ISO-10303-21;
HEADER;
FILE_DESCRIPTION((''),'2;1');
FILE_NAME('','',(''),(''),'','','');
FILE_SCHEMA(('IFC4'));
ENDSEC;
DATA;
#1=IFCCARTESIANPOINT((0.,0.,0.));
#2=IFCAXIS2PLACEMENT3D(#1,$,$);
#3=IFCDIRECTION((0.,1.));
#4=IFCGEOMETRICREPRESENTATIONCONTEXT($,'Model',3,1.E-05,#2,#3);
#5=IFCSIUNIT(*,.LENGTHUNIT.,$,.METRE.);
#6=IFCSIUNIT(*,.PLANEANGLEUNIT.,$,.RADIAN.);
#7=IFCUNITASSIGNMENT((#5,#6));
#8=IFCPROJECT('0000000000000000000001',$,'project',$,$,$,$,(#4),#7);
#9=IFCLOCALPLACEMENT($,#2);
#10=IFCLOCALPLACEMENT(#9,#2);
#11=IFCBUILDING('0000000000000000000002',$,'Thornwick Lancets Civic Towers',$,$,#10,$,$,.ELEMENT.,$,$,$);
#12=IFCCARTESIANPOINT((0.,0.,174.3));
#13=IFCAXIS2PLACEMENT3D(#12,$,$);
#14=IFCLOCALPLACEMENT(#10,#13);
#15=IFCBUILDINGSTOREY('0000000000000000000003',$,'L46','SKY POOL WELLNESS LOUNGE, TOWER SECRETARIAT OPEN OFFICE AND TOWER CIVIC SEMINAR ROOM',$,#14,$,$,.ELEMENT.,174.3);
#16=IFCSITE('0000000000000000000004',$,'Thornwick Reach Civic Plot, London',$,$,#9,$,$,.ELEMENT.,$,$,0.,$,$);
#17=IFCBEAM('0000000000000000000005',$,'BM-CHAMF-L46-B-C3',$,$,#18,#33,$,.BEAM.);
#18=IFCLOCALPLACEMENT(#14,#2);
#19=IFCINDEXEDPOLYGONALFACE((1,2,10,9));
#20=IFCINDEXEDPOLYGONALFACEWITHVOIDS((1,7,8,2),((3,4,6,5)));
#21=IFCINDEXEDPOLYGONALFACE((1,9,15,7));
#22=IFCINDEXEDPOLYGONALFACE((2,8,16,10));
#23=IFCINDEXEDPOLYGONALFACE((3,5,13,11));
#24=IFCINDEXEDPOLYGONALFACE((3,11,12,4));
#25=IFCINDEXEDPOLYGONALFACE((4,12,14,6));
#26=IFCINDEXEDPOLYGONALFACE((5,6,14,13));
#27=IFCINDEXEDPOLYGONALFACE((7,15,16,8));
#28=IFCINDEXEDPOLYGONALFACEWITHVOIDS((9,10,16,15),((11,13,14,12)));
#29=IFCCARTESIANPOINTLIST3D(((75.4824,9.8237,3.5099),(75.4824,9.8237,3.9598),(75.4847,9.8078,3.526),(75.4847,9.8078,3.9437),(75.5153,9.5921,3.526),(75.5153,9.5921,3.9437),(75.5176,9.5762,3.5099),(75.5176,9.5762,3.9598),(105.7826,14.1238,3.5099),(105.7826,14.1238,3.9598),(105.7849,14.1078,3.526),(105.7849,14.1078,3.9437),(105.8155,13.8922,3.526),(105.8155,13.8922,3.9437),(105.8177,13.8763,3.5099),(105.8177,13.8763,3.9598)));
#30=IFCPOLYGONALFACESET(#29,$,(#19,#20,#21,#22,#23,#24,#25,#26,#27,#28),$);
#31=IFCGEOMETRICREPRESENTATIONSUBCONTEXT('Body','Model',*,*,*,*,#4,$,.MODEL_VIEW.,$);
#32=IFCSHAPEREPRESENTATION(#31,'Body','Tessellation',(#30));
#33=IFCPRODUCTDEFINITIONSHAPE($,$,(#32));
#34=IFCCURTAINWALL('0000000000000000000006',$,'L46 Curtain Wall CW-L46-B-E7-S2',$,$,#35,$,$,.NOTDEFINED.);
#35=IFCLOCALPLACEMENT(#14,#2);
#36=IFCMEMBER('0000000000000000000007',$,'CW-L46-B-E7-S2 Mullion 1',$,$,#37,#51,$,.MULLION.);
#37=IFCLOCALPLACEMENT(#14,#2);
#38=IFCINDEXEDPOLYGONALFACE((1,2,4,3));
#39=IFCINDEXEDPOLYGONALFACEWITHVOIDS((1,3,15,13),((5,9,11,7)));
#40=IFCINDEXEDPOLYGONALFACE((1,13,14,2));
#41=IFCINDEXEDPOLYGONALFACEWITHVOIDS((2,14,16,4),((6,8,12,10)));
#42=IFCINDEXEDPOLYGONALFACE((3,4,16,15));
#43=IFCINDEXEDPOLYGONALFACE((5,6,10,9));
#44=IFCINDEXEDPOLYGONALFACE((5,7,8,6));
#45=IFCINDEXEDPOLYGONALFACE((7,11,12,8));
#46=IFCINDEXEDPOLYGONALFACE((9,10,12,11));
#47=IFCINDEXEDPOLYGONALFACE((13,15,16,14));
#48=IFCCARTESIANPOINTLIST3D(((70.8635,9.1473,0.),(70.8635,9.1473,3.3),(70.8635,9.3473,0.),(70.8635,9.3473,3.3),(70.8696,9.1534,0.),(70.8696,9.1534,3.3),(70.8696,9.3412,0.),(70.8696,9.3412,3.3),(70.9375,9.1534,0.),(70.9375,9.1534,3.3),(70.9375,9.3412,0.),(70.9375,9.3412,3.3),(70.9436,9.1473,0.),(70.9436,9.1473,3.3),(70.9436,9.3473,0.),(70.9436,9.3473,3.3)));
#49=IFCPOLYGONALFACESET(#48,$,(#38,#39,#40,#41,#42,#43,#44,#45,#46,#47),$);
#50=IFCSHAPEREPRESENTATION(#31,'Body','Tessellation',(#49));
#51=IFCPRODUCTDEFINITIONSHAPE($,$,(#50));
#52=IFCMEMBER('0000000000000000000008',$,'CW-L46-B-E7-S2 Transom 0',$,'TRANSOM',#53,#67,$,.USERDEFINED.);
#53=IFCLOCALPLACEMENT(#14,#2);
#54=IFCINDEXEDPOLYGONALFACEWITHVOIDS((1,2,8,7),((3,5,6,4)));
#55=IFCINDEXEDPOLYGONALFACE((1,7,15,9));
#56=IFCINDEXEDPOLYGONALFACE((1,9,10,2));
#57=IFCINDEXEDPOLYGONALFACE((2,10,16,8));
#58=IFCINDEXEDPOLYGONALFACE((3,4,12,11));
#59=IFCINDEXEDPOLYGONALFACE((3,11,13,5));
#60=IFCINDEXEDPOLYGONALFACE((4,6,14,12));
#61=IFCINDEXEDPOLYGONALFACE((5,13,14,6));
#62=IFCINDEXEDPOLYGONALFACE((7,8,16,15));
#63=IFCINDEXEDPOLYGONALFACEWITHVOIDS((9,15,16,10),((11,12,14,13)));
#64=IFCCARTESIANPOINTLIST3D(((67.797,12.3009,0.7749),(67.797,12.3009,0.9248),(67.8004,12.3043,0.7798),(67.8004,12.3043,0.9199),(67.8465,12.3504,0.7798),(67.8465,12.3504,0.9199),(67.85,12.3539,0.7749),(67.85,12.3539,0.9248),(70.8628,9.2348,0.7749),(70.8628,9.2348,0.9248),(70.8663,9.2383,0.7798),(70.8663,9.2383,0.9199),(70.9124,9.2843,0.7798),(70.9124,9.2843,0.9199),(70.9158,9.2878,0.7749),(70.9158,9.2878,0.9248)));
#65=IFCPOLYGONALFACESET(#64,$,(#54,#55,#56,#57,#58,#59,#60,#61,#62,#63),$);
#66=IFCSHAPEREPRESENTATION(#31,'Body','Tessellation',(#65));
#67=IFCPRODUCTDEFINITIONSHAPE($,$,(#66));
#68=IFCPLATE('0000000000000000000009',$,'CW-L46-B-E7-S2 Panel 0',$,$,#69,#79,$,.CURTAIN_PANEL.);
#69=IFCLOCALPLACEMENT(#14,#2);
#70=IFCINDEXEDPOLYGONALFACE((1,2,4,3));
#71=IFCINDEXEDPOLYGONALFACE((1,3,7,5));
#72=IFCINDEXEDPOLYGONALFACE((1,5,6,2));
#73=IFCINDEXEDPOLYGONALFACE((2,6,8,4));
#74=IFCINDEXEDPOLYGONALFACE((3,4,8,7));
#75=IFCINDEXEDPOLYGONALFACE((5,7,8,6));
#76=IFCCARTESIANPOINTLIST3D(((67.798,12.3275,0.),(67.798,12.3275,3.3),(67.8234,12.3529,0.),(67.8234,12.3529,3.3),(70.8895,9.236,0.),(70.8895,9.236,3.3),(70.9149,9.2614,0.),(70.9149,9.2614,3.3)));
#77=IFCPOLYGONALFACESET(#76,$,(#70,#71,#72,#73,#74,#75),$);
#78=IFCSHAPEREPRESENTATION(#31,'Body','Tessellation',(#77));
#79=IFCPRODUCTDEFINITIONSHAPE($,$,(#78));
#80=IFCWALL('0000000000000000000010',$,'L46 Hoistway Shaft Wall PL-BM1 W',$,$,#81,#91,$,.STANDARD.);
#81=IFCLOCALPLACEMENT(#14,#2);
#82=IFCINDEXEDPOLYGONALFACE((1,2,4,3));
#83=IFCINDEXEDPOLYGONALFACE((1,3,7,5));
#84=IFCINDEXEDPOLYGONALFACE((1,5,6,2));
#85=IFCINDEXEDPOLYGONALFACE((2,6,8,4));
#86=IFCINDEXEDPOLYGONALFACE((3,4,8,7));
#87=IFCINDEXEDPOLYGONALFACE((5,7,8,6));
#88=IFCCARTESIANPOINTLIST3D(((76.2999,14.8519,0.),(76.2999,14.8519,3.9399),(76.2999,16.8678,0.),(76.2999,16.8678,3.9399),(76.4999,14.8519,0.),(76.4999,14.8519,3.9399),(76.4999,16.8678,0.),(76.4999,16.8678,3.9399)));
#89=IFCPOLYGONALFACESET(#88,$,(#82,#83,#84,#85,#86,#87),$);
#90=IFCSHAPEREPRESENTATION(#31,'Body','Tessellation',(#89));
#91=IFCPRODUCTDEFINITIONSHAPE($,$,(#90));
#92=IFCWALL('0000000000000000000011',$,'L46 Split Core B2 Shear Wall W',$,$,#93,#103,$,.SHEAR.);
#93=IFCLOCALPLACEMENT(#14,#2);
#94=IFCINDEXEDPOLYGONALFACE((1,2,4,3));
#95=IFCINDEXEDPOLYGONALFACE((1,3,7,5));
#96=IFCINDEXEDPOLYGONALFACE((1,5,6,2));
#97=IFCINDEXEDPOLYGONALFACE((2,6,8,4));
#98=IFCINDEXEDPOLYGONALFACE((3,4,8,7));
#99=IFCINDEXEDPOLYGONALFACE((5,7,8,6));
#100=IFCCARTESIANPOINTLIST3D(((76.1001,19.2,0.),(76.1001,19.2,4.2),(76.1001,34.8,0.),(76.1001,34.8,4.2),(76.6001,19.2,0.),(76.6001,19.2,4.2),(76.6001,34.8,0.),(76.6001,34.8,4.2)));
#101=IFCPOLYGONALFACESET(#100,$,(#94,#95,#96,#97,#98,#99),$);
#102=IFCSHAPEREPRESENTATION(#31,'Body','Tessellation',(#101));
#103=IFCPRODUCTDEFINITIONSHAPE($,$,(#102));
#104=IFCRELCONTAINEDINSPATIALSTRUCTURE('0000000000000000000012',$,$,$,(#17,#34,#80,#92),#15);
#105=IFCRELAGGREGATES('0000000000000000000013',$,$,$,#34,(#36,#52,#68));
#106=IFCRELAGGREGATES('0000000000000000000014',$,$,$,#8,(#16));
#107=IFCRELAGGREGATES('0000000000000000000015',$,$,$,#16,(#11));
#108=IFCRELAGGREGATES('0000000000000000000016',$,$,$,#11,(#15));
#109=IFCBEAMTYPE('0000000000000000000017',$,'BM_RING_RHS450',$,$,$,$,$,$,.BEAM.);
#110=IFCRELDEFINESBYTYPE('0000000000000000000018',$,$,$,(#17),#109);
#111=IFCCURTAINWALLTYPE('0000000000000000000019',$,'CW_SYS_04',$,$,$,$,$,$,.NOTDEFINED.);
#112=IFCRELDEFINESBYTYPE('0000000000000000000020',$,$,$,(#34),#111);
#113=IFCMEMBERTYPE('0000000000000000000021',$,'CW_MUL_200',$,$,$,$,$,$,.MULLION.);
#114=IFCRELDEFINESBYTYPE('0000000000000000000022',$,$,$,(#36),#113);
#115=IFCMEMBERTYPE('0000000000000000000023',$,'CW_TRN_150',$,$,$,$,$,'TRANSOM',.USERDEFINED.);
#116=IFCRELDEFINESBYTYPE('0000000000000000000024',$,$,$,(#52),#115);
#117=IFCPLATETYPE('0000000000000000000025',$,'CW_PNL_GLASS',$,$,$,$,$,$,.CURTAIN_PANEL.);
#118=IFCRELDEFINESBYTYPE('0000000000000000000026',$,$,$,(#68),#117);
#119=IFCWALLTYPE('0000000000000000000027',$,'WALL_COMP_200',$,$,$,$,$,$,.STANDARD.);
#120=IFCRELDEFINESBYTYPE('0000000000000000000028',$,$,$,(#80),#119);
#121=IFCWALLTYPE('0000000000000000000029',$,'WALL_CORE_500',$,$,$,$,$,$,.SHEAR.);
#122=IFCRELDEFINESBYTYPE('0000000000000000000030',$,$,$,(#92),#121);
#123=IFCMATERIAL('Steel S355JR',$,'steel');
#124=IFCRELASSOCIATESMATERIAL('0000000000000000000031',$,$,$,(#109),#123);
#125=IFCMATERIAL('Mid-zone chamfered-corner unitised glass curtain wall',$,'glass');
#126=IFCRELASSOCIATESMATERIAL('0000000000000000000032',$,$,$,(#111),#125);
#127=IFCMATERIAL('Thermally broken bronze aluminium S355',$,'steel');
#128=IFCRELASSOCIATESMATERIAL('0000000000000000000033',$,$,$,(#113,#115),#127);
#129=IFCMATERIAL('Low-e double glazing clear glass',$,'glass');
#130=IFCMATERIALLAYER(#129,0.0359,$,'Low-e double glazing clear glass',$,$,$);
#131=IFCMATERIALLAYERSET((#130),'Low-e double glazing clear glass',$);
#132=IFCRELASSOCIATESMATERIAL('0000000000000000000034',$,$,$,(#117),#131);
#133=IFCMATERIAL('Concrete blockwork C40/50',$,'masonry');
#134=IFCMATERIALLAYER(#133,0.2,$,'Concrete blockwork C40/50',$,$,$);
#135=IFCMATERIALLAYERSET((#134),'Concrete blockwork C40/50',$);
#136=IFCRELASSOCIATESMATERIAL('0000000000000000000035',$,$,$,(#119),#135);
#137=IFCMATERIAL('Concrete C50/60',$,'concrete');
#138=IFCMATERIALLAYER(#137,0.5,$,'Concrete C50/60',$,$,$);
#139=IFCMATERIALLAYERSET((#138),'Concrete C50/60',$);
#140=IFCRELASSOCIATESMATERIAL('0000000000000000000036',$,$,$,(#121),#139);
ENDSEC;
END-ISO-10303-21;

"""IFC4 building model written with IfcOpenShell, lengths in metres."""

from ifc_helpers import new_model, si_unit, direction, frame, frame_2d, origin, origin_2d, place, context, subcontext, project, spatial, rectangle, hollow_rectangle, extrude, material, layer, layer_set, material_profile, profile_set, type_object, element, aggregate, save


model = new_model("IFC4")

# Units and contexts
model_context = context("Model", 3, precision=1e-05, world=origin(), true_north=direction((0.0, 1.0)))
body_context = subcontext(model_context, "Body", "Model", "MODEL_VIEW")
ifc_project = project(units=[si_unit("LENGTHUNIT", "METRE"), si_unit("PLANEANGLEUNIT", "RADIAN")], contexts=[model_context])

# Site, building, storey
site_placement = place(None, origin())
site = spatial("IfcSite", under=ifc_project, at=site_placement, Name="Thornwick Reach Civic Plot, London", CompositionType="ELEMENT", RefElevation=0.0)
building_placement = place(site_placement, origin())
building = spatial("IfcBuilding", under=site, at=building_placement, Name="Thornwick Lancets Civic Towers", CompositionType="ELEMENT")
storey_placement = place(building_placement, frame((0.0, 0.0, 174.3)))
storey = spatial("IfcBuildingStorey", under=building, at=storey_placement, Name="L46", Description="SKY POOL WELLNESS LOUNGE, TOWER SECRETARIAT OPEN OFFICE AND TOWER CIVIC SEMINAR ROOM", CompositionType="ELEMENT", Elevation=174.3)

# Shared definitions
ifc_material_1 = material(Name="Concrete C50/60", Category="concrete")

# Beam
ifc_material_2 = material(Name="Steel S355JR", Category="steel")
ifc_material_profile_1 = material_profile(ifc_material_2, hollow_rectangle(XDim=0.25, YDim=0.45, WallThickness=0.0161, at=origin_2d()), Name="RHS 450x250x16")
ifc_profile_set_1 = profile_set([ifc_material_profile_1], Name="Steel S355JR")
beam_type_1 = type_object("IfcBeamType", Name="BM_RING_RHS450", PredefinedType="BEAM", material=ifc_profile_set_1)
beam_1_placement = place(storey_placement, frame((75.5, 9.7, 3.7349), z_axis=(0.99008, 0.140508, 0.0), x_axis=(-0.140508, 0.99008, 0.0)))
element("IfcBeam", 1, at=beam_1_placement, inside=storey, type_object=beam_type_1, Name="BM-CHAMF-L46-B-C3", PredefinedType="BEAM", context=body_context, shape_type="SweptSolid", body=[
    extrude(hollow_rectangle(XDim=0.25, YDim=0.45, WallThickness=0.0161, at=origin_2d()), origin(), (0.0, 0.0, 1.0), 30.6038),
])

# Curtain wall, members, plate
ifc_material_3 = material(Name="Mid-zone chamfered-corner unitised glass curtain wall", Category="glass")
curtain_wall_type = type_object("IfcCurtainWallType", Name="CW_SYS_04", PredefinedType="NOTDEFINED", material=ifc_material_3)
curtain_wall_placement = place(storey_placement, origin())
curtain_wall = element("IfcCurtainWall", 2, at=curtain_wall_placement, inside=storey, type_object=curtain_wall_type, Name="L46 Curtain Wall CW-L46-B-E7-S2", PredefinedType="NOTDEFINED")
ifc_material_4 = material(Name="Thermally broken bronze aluminium S355", Category="steel")
ifc_material_profile_2 = material_profile(ifc_material_4, hollow_rectangle(XDim=0.0801, YDim=0.2, WallThickness=0.0061, at=origin_2d()), Name="RHS 200x80x6")
ifc_profile_set_2 = profile_set([ifc_material_profile_2], Name="Thermally broken bronze aluminium S355")
member_type_1 = type_object("IfcMemberType", Name="CW_MUL_200", PredefinedType="MULLION", material=ifc_profile_set_2)
member_1_placement = place(storey_placement, frame((70.9036, 9.2473, 0.0), z_axis=(0.0, 0.0, 1.0), x_axis=(1.0, 0.0, 0.0)))
member_1 = element("IfcMember", 3, at=member_1_placement, type_object=member_type_1, Name="CW-L46-B-E7-S2 Mullion 1", PredefinedType="MULLION", context=body_context, shape_type="SweptSolid", body=[
    extrude(hollow_rectangle(XDim=0.0801, YDim=0.2, WallThickness=0.0061, at=origin_2d()), origin(), (0.0, 0.0, 1.0), 3.3),
])
ifc_material_profile_3 = material_profile(ifc_material_4, hollow_rectangle(XDim=0.075, YDim=0.1499, WallThickness=0.0049, at=origin_2d()), Name="RHS 150x75x5")
ifc_profile_set_3 = profile_set([ifc_material_profile_3], Name="Thermally broken bronze aluminium S355")
member_type_2 = type_object("IfcMemberType", Name="CW_TRN_150", ElementType="TRANSOM", PredefinedType="USERDEFINED", material=ifc_profile_set_3)
member_2_placement = place(storey_placement, frame((67.8235, 12.3274, 0.8499), z_axis=(0.707079, -0.707135, 0.0), x_axis=(0.707135, 0.707079, 0.0)))
member_2 = element("IfcMember", 4, at=member_2_placement, type_object=member_type_2, Name="CW-L46-B-E7-S2 Transom 0", ObjectType="TRANSOM", PredefinedType="USERDEFINED", context=body_context, shape_type="SweptSolid", body=[
    extrude(hollow_rectangle(XDim=0.075, YDim=0.1499, WallThickness=0.0049, at=origin_2d()), origin(), (0.0, 0.0, 1.0), 4.3359),
])
ifc_material_5 = material(Name="Low-e double glazing clear glass", Category="glass")
ifc_layer_1 = layer(ifc_material_5, 0.0359, Name="Low-e double glazing clear glass")
ifc_layer_set_1 = layer_set([ifc_layer_1], Name="Low-e double glazing clear glass")
plate_type = type_object("IfcPlateType", Name="CW_PNL_GLASS", PredefinedType="CURTAIN_PANEL", material=ifc_layer_set_1)
plate_placement = place(storey_placement, frame((69.3564, 10.7944, 0.0), z_axis=(0.0, 0.0, 1.0), x_axis=(0.707107, -0.707107, 0.0)))
plate = element("IfcPlate", 5, at=plate_placement, type_object=plate_type, Name="CW-L46-B-E7-S2 Panel 0", PredefinedType="CURTAIN_PANEL", context=body_context, shape_type="SweptSolid", body=[
    extrude(rectangle(XDim=4.3721, YDim=0.0359, at=origin_2d()), origin(), (0.0, 0.0, 1.0), 3.3),
])
aggregate(curtain_wall, [member_1, member_2, plate])

# Walls
ifc_material_6 = material(Name="Concrete blockwork C40/50", Category="masonry")
ifc_layer_2 = layer(ifc_material_6, 0.2, Name="Concrete blockwork C40/50")
ifc_layer_set_2 = layer_set([ifc_layer_2], Name="Concrete blockwork C40/50")
wall_type_1 = type_object("IfcWallType", Name="WALL_COMP_200", PredefinedType="STANDARD", material=ifc_layer_set_2)
wall_1_placement = place(storey_placement, frame((76.3999, 14.8521, 0.0), z_axis=(0.0, 0.0, 1.0), x_axis=(0.0, 1.0, 0.0)))
element("IfcWall", 6, at=wall_1_placement, inside=storey, type_object=wall_type_1, Name="L46 Hoistway Shaft Wall PL-BM1 W", PredefinedType="STANDARD", context=body_context, shape_type="SweptSolid", body=[
    extrude(rectangle(XDim=2.0159, YDim=0.2, at=frame_2d((1.0078, 0.0))), origin(), (0.0, 0.0, 1.0), 3.9399),
])
ifc_layer_3 = layer(ifc_material_1, 0.5, Name="Concrete C50/60")
ifc_layer_set_3 = layer_set([ifc_layer_3], Name="Concrete C50/60")
wall_type_2 = type_object("IfcWallType", Name="WALL_CORE_500", PredefinedType="SHEAR", material=ifc_layer_set_3)
wall_2_placement = place(storey_placement, frame((76.3501, 19.2, 0.0), z_axis=(0.0, 0.0, 1.0), x_axis=(0.0, 1.0, 0.0)))
element("IfcWall", 7, at=wall_2_placement, inside=storey, type_object=wall_type_2, Name="L46 Split Core B2 Shear Wall W", PredefinedType="SHEAR", context=body_context, shape_type="SweptSolid", body=[
    extrude(rectangle(XDim=15.6001, YDim=0.5, at=frame_2d((7.8, 0.0))), origin(), (0.0, 0.0, 1.0), 4.2),
])

save(model, "model.ifc")
